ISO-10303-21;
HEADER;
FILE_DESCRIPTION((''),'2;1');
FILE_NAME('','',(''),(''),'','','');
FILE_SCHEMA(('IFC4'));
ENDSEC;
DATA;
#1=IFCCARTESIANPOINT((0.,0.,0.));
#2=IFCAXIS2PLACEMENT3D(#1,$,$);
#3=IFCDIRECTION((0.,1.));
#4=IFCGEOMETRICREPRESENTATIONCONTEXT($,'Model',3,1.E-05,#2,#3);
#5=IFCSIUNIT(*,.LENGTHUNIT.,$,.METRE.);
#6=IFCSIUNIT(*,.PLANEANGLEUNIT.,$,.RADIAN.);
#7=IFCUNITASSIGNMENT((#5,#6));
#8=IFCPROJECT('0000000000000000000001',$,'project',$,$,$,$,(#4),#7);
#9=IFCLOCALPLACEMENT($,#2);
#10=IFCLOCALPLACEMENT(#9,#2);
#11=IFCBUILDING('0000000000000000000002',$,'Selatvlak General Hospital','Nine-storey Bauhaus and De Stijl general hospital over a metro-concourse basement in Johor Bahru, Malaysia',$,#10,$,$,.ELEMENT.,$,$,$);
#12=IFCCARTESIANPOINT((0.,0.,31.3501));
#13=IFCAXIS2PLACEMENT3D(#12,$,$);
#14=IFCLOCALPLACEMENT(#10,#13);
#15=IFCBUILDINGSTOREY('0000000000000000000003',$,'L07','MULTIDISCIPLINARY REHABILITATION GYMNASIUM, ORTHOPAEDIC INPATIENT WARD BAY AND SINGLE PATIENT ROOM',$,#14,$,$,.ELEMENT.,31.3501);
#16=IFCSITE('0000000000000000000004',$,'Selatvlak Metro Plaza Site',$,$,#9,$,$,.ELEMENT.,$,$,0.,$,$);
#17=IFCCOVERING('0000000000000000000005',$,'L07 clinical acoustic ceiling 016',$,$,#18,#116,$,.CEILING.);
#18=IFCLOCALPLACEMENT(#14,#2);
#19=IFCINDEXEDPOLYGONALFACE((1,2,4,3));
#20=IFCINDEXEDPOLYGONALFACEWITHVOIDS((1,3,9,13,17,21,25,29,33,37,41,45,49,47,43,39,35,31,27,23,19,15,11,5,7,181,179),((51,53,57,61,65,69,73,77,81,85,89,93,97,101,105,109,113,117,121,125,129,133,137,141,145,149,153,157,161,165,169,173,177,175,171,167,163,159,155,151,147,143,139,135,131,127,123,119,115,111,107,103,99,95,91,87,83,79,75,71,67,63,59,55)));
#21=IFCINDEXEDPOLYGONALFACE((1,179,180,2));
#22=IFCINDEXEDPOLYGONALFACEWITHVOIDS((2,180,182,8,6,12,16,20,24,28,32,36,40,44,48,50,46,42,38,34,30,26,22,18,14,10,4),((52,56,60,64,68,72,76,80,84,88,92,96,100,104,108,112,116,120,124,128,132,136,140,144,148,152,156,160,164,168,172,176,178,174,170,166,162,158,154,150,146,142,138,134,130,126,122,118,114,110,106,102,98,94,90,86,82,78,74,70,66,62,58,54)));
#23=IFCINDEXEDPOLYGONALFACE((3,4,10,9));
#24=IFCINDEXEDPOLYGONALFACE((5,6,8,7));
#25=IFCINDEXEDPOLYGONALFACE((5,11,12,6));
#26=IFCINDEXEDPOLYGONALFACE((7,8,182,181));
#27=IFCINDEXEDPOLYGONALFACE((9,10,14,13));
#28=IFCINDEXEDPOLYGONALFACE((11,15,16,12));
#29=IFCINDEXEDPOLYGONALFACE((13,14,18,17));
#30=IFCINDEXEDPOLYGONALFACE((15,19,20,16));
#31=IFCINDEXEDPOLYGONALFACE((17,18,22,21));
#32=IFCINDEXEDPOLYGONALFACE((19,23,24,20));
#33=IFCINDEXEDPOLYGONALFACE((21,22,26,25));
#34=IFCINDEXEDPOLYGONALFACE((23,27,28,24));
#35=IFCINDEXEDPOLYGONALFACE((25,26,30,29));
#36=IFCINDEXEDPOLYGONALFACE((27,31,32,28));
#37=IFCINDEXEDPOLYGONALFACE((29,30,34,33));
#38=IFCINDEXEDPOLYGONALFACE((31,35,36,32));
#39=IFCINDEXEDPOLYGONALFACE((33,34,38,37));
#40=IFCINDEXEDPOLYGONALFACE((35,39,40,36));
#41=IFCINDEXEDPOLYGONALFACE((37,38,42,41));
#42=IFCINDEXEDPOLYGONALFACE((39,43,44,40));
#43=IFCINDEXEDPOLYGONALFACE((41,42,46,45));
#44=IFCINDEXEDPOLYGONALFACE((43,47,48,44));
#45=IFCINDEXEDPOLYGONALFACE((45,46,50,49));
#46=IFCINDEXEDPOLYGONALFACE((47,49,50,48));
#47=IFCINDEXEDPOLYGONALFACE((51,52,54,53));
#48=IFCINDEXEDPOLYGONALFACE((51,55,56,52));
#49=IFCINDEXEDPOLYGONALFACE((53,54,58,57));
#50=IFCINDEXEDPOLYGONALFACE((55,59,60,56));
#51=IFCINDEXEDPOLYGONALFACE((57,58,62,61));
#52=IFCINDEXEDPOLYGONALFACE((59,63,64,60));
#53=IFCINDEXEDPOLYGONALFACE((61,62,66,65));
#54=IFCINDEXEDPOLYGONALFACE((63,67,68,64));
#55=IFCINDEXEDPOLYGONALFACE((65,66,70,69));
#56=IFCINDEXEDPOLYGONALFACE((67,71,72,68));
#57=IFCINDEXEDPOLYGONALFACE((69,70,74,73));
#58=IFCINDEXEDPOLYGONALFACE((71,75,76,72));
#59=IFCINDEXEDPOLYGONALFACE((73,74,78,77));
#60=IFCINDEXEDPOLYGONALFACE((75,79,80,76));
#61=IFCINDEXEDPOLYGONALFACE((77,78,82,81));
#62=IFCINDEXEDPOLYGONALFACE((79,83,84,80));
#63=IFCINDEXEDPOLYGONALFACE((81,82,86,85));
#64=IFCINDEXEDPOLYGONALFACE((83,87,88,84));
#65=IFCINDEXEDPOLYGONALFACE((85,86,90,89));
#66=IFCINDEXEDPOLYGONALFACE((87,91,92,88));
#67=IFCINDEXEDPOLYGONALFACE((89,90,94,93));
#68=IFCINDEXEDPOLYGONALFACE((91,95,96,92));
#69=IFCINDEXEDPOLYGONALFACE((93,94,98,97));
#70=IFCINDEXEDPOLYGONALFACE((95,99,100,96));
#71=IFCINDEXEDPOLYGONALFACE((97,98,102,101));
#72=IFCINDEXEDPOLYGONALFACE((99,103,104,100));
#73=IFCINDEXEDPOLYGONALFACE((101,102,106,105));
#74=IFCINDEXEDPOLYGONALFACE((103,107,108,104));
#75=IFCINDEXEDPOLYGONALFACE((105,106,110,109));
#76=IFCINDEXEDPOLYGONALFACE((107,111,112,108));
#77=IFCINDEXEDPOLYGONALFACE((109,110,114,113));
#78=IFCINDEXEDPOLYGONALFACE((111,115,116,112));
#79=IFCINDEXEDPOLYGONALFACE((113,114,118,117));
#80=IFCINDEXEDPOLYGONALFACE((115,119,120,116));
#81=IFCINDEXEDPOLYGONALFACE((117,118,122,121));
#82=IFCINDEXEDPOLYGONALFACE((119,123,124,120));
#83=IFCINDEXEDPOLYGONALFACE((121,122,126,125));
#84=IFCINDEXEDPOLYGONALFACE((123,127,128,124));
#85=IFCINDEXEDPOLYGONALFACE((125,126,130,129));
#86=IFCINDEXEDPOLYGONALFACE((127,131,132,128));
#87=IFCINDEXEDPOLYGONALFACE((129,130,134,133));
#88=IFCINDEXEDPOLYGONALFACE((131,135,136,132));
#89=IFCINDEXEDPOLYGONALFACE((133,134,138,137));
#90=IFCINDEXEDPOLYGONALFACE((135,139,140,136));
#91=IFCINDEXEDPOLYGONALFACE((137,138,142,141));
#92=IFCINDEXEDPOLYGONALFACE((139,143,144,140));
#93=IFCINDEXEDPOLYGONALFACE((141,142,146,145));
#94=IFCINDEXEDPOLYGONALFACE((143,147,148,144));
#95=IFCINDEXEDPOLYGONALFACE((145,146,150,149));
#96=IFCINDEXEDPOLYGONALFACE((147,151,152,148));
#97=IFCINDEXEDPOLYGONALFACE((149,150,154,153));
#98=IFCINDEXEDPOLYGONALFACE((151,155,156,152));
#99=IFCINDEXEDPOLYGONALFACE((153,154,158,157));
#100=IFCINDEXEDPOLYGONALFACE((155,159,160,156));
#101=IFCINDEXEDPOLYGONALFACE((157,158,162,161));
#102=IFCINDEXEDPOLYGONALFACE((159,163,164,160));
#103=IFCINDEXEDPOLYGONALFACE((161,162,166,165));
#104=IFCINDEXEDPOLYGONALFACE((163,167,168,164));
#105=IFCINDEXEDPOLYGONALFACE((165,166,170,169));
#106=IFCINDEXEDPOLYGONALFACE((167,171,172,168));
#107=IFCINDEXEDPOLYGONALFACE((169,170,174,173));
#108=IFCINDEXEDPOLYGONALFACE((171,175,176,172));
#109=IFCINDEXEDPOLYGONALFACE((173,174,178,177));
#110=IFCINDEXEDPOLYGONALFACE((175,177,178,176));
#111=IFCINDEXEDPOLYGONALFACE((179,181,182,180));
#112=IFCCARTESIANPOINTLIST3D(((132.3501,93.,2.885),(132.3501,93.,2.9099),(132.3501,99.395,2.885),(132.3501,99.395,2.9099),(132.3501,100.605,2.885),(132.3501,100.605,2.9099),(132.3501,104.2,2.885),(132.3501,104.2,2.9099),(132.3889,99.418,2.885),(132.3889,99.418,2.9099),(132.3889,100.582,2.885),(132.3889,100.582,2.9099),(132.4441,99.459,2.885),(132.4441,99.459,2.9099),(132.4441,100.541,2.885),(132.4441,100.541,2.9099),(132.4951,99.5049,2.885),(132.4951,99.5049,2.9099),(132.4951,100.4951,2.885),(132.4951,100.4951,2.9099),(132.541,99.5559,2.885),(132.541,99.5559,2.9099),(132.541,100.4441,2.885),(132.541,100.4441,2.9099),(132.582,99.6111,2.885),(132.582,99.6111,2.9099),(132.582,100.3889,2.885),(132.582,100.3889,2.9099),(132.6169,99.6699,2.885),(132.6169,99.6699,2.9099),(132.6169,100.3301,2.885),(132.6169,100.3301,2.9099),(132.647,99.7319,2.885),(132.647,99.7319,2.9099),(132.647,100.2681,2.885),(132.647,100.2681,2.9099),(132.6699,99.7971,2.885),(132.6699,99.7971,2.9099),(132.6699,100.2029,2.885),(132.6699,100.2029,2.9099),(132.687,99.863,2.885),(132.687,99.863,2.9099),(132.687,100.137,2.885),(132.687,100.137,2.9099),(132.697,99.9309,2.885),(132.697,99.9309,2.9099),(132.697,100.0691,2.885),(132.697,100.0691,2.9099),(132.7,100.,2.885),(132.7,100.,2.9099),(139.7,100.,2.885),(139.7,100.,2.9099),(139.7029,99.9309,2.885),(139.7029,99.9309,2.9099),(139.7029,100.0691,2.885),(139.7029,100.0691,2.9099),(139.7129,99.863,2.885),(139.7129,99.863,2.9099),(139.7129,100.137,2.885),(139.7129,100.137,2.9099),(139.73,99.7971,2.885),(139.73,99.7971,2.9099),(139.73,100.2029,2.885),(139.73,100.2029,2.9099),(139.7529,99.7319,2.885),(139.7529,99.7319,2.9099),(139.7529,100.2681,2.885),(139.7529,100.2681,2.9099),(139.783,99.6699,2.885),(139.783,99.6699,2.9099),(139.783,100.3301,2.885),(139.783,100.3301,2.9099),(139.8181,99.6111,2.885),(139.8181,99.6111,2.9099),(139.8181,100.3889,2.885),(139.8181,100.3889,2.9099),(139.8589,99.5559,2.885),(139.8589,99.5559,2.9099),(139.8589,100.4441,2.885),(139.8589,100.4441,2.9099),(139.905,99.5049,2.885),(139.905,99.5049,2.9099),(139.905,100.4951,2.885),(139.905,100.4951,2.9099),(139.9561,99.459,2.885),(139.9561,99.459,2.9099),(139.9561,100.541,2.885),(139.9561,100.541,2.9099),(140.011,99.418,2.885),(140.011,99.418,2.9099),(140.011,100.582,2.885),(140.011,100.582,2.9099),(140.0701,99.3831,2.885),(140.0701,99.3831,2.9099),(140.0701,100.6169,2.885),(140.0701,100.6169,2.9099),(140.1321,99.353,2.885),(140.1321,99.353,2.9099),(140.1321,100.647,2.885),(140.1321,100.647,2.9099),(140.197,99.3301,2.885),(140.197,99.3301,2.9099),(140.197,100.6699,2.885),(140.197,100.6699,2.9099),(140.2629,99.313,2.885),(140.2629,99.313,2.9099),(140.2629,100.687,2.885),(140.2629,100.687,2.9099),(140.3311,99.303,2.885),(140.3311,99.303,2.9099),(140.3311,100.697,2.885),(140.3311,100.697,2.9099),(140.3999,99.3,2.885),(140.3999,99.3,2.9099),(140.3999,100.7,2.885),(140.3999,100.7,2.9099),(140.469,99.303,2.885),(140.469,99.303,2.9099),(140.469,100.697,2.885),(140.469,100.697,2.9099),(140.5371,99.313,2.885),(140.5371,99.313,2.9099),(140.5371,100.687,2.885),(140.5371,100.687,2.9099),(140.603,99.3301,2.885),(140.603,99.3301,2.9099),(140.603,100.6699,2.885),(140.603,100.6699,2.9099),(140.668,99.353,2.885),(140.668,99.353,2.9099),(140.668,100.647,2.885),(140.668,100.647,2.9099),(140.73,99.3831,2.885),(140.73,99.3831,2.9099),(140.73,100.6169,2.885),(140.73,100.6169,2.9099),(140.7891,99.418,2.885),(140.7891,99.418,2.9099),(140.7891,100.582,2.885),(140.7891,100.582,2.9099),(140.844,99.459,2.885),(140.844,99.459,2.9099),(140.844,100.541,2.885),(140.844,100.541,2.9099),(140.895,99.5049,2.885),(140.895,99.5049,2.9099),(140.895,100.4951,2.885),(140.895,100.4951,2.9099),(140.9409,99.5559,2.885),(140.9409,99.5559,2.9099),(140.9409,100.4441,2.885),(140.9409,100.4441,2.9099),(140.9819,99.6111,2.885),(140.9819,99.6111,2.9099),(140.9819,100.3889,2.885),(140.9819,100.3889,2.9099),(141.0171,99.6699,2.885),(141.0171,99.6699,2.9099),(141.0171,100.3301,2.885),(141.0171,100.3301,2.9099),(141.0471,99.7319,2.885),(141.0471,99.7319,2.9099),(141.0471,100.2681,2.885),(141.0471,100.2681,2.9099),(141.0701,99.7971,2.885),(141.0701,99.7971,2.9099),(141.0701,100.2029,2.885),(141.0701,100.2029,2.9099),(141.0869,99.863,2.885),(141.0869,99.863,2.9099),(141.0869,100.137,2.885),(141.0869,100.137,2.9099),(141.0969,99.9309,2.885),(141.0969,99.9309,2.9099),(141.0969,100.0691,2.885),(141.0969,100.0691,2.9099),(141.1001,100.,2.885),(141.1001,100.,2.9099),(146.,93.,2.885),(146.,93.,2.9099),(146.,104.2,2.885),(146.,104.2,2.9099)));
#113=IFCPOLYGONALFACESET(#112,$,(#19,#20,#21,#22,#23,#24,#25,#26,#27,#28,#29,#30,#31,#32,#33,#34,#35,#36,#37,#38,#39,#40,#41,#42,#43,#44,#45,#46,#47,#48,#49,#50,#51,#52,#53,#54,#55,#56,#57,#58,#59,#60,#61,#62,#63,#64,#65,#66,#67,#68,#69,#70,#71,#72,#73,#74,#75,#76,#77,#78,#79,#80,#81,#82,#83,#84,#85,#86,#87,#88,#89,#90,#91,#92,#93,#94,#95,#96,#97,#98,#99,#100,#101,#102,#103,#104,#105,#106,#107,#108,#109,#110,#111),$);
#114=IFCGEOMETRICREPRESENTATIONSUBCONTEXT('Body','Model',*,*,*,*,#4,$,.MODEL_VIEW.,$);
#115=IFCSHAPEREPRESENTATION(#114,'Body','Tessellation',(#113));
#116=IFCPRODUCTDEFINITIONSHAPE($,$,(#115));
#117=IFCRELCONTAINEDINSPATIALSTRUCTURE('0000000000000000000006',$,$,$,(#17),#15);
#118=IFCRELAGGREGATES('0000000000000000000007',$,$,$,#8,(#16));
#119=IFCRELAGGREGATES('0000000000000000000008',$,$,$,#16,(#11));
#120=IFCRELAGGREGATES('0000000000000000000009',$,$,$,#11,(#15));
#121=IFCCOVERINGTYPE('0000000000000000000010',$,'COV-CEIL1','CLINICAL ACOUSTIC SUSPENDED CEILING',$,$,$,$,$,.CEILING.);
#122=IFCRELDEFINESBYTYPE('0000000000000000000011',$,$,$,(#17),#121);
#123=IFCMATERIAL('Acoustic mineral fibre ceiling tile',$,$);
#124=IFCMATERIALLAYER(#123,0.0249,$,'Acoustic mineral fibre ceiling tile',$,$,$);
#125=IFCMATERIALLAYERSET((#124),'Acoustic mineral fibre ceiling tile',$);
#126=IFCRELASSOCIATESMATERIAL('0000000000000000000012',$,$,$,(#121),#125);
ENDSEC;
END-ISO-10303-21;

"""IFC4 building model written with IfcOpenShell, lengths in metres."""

from ifc_helpers import new_model, si_unit, direction, frame, origin, place, context, subcontext, project, spatial, polyline, outline, extrude, material, layer, layer_set, type_object, element, save


model = new_model("IFC4")

# Units and contexts
model_context = context("Model", 3, precision=1e-05, world=origin(), true_north=direction((0.0, 1.0)))
body_context = subcontext(model_context, "Body", "Model", "MODEL_VIEW")
ifc_project = project(units=[si_unit("LENGTHUNIT", "METRE"), si_unit("PLANEANGLEUNIT", "RADIAN")], contexts=[model_context])

# Site, building, storey
site_placement = place(None, origin())
site = spatial("IfcSite", under=ifc_project, at=site_placement, Name="Selatvlak Metro Plaza Site", CompositionType="ELEMENT", RefElevation=0.0)
building_placement = place(site_placement, origin())
building = spatial("IfcBuilding", under=site, at=building_placement, Name="Selatvlak General Hospital", Description="Nine-storey Bauhaus and De Stijl general hospital over a metro-concourse basement in Johor Bahru, Malaysia", CompositionType="ELEMENT")
storey_placement = place(building_placement, frame((0.0, 0.0, 31.3501)))
storey = spatial("IfcBuildingStorey", under=building, at=storey_placement, Name="L07", Description="MULTIDISCIPLINARY REHABILITATION GYMNASIUM, ORTHOPAEDIC INPATIENT WARD BAY AND SINGLE PATIENT ROOM", CompositionType="ELEMENT", Elevation=31.3501)

# Covering
ifc_material_1 = material(Name="Acoustic mineral fibre ceiling tile")
ifc_layer_1 = layer(ifc_material_1, 0.0249, Name="Acoustic mineral fibre ceiling tile")
ifc_layer_set_1 = layer_set([ifc_layer_1], Name="Acoustic mineral fibre ceiling tile")
covering_type_1 = type_object("IfcCoveringType", Name="COV-CEIL1", Description="CLINICAL ACOUSTIC SUSPENDED CEILING", PredefinedType="CEILING", material=ifc_layer_set_1)
covering_1_placement = place(storey_placement, frame((0.0, 0.0, 2.885)))
element("IfcCovering", 1, at=covering_1_placement, inside=storey, type_object=covering_type_1, Name="L07 clinical acoustic ceiling 016", PredefinedType="CEILING", context=body_context, shape_type="SweptSolid", body=[
    extrude(outline(polyline([(146.0, 104.2), (146.0, 93.0), (132.3501, 93.0), (132.3501, 99.395), (132.3889, 99.418), (132.4441, 99.459), (132.4951, 99.5049), (132.541, 99.5559), (132.582, 99.6111), (132.6169, 99.6699), (132.647, 99.7319), (132.6699, 99.7971), (132.687, 99.863), (132.697, 99.9309), (132.7, 100.0), (132.697, 100.0691), (132.687, 100.137), (132.6699, 100.2029), (132.647, 100.2681), (132.6169, 100.3301), (132.582, 100.3889), (132.541, 100.4441), (132.4951, 100.4951), (132.4441, 100.541), (132.3889, 100.582), (132.3501, 100.605), (132.3501, 104.2), (146.0, 104.2)]), holes=[polyline([(140.9409, 99.5559), (140.9819, 99.6111), (141.0171, 99.6699), (141.0471, 99.7319), (141.0701, 99.7971), (141.0869, 99.863), (141.0969, 99.9309), (141.1001, 100.0), (141.0969, 100.0691), (141.0869, 100.137), (141.0701, 100.2029), (141.0471, 100.2681), (141.0171, 100.3301), (140.9819, 100.3889), (140.9409, 100.4441), (140.895, 100.4951), (140.844, 100.541), (140.7891, 100.582), (140.73, 100.6169), (140.668, 100.647), (140.603, 100.6699), (140.5371, 100.687), (140.469, 100.697), (140.3999, 100.7), (140.3311, 100.697), (140.2629, 100.687), (140.197, 100.6699), (140.1321, 100.647), (140.0701, 100.6169), (140.011, 100.582), (139.9561, 100.541), (139.905, 100.4951), (139.8589, 100.4441), (139.8181, 100.3889), (139.783, 100.3301), (139.7529, 100.2681), (139.73, 100.2029), (139.7129, 100.137), (139.7029, 100.0691), (139.7, 100.0), (139.7029, 99.9309), (139.7129, 99.863), (139.73, 99.7971), (139.7529, 99.7319), (139.783, 99.6699), (139.8181, 99.6111), (139.8589, 99.5559), (139.905, 99.5049), (139.9561, 99.459), (140.011, 99.418), (140.0701, 99.3831), (140.1321, 99.353), (140.197, 99.3301), (140.2629, 99.313), (140.3311, 99.303), (140.3999, 99.3), (140.469, 99.303), (140.5371, 99.313), (140.603, 99.3301), (140.668, 99.353), (140.73, 99.3831), (140.7891, 99.418), (140.844, 99.459), (140.895, 99.5049), (140.9409, 99.5559)])]), origin(), (0.0, 0.0, 1.0), 0.0249),
])

save(model, "model.ifc")
